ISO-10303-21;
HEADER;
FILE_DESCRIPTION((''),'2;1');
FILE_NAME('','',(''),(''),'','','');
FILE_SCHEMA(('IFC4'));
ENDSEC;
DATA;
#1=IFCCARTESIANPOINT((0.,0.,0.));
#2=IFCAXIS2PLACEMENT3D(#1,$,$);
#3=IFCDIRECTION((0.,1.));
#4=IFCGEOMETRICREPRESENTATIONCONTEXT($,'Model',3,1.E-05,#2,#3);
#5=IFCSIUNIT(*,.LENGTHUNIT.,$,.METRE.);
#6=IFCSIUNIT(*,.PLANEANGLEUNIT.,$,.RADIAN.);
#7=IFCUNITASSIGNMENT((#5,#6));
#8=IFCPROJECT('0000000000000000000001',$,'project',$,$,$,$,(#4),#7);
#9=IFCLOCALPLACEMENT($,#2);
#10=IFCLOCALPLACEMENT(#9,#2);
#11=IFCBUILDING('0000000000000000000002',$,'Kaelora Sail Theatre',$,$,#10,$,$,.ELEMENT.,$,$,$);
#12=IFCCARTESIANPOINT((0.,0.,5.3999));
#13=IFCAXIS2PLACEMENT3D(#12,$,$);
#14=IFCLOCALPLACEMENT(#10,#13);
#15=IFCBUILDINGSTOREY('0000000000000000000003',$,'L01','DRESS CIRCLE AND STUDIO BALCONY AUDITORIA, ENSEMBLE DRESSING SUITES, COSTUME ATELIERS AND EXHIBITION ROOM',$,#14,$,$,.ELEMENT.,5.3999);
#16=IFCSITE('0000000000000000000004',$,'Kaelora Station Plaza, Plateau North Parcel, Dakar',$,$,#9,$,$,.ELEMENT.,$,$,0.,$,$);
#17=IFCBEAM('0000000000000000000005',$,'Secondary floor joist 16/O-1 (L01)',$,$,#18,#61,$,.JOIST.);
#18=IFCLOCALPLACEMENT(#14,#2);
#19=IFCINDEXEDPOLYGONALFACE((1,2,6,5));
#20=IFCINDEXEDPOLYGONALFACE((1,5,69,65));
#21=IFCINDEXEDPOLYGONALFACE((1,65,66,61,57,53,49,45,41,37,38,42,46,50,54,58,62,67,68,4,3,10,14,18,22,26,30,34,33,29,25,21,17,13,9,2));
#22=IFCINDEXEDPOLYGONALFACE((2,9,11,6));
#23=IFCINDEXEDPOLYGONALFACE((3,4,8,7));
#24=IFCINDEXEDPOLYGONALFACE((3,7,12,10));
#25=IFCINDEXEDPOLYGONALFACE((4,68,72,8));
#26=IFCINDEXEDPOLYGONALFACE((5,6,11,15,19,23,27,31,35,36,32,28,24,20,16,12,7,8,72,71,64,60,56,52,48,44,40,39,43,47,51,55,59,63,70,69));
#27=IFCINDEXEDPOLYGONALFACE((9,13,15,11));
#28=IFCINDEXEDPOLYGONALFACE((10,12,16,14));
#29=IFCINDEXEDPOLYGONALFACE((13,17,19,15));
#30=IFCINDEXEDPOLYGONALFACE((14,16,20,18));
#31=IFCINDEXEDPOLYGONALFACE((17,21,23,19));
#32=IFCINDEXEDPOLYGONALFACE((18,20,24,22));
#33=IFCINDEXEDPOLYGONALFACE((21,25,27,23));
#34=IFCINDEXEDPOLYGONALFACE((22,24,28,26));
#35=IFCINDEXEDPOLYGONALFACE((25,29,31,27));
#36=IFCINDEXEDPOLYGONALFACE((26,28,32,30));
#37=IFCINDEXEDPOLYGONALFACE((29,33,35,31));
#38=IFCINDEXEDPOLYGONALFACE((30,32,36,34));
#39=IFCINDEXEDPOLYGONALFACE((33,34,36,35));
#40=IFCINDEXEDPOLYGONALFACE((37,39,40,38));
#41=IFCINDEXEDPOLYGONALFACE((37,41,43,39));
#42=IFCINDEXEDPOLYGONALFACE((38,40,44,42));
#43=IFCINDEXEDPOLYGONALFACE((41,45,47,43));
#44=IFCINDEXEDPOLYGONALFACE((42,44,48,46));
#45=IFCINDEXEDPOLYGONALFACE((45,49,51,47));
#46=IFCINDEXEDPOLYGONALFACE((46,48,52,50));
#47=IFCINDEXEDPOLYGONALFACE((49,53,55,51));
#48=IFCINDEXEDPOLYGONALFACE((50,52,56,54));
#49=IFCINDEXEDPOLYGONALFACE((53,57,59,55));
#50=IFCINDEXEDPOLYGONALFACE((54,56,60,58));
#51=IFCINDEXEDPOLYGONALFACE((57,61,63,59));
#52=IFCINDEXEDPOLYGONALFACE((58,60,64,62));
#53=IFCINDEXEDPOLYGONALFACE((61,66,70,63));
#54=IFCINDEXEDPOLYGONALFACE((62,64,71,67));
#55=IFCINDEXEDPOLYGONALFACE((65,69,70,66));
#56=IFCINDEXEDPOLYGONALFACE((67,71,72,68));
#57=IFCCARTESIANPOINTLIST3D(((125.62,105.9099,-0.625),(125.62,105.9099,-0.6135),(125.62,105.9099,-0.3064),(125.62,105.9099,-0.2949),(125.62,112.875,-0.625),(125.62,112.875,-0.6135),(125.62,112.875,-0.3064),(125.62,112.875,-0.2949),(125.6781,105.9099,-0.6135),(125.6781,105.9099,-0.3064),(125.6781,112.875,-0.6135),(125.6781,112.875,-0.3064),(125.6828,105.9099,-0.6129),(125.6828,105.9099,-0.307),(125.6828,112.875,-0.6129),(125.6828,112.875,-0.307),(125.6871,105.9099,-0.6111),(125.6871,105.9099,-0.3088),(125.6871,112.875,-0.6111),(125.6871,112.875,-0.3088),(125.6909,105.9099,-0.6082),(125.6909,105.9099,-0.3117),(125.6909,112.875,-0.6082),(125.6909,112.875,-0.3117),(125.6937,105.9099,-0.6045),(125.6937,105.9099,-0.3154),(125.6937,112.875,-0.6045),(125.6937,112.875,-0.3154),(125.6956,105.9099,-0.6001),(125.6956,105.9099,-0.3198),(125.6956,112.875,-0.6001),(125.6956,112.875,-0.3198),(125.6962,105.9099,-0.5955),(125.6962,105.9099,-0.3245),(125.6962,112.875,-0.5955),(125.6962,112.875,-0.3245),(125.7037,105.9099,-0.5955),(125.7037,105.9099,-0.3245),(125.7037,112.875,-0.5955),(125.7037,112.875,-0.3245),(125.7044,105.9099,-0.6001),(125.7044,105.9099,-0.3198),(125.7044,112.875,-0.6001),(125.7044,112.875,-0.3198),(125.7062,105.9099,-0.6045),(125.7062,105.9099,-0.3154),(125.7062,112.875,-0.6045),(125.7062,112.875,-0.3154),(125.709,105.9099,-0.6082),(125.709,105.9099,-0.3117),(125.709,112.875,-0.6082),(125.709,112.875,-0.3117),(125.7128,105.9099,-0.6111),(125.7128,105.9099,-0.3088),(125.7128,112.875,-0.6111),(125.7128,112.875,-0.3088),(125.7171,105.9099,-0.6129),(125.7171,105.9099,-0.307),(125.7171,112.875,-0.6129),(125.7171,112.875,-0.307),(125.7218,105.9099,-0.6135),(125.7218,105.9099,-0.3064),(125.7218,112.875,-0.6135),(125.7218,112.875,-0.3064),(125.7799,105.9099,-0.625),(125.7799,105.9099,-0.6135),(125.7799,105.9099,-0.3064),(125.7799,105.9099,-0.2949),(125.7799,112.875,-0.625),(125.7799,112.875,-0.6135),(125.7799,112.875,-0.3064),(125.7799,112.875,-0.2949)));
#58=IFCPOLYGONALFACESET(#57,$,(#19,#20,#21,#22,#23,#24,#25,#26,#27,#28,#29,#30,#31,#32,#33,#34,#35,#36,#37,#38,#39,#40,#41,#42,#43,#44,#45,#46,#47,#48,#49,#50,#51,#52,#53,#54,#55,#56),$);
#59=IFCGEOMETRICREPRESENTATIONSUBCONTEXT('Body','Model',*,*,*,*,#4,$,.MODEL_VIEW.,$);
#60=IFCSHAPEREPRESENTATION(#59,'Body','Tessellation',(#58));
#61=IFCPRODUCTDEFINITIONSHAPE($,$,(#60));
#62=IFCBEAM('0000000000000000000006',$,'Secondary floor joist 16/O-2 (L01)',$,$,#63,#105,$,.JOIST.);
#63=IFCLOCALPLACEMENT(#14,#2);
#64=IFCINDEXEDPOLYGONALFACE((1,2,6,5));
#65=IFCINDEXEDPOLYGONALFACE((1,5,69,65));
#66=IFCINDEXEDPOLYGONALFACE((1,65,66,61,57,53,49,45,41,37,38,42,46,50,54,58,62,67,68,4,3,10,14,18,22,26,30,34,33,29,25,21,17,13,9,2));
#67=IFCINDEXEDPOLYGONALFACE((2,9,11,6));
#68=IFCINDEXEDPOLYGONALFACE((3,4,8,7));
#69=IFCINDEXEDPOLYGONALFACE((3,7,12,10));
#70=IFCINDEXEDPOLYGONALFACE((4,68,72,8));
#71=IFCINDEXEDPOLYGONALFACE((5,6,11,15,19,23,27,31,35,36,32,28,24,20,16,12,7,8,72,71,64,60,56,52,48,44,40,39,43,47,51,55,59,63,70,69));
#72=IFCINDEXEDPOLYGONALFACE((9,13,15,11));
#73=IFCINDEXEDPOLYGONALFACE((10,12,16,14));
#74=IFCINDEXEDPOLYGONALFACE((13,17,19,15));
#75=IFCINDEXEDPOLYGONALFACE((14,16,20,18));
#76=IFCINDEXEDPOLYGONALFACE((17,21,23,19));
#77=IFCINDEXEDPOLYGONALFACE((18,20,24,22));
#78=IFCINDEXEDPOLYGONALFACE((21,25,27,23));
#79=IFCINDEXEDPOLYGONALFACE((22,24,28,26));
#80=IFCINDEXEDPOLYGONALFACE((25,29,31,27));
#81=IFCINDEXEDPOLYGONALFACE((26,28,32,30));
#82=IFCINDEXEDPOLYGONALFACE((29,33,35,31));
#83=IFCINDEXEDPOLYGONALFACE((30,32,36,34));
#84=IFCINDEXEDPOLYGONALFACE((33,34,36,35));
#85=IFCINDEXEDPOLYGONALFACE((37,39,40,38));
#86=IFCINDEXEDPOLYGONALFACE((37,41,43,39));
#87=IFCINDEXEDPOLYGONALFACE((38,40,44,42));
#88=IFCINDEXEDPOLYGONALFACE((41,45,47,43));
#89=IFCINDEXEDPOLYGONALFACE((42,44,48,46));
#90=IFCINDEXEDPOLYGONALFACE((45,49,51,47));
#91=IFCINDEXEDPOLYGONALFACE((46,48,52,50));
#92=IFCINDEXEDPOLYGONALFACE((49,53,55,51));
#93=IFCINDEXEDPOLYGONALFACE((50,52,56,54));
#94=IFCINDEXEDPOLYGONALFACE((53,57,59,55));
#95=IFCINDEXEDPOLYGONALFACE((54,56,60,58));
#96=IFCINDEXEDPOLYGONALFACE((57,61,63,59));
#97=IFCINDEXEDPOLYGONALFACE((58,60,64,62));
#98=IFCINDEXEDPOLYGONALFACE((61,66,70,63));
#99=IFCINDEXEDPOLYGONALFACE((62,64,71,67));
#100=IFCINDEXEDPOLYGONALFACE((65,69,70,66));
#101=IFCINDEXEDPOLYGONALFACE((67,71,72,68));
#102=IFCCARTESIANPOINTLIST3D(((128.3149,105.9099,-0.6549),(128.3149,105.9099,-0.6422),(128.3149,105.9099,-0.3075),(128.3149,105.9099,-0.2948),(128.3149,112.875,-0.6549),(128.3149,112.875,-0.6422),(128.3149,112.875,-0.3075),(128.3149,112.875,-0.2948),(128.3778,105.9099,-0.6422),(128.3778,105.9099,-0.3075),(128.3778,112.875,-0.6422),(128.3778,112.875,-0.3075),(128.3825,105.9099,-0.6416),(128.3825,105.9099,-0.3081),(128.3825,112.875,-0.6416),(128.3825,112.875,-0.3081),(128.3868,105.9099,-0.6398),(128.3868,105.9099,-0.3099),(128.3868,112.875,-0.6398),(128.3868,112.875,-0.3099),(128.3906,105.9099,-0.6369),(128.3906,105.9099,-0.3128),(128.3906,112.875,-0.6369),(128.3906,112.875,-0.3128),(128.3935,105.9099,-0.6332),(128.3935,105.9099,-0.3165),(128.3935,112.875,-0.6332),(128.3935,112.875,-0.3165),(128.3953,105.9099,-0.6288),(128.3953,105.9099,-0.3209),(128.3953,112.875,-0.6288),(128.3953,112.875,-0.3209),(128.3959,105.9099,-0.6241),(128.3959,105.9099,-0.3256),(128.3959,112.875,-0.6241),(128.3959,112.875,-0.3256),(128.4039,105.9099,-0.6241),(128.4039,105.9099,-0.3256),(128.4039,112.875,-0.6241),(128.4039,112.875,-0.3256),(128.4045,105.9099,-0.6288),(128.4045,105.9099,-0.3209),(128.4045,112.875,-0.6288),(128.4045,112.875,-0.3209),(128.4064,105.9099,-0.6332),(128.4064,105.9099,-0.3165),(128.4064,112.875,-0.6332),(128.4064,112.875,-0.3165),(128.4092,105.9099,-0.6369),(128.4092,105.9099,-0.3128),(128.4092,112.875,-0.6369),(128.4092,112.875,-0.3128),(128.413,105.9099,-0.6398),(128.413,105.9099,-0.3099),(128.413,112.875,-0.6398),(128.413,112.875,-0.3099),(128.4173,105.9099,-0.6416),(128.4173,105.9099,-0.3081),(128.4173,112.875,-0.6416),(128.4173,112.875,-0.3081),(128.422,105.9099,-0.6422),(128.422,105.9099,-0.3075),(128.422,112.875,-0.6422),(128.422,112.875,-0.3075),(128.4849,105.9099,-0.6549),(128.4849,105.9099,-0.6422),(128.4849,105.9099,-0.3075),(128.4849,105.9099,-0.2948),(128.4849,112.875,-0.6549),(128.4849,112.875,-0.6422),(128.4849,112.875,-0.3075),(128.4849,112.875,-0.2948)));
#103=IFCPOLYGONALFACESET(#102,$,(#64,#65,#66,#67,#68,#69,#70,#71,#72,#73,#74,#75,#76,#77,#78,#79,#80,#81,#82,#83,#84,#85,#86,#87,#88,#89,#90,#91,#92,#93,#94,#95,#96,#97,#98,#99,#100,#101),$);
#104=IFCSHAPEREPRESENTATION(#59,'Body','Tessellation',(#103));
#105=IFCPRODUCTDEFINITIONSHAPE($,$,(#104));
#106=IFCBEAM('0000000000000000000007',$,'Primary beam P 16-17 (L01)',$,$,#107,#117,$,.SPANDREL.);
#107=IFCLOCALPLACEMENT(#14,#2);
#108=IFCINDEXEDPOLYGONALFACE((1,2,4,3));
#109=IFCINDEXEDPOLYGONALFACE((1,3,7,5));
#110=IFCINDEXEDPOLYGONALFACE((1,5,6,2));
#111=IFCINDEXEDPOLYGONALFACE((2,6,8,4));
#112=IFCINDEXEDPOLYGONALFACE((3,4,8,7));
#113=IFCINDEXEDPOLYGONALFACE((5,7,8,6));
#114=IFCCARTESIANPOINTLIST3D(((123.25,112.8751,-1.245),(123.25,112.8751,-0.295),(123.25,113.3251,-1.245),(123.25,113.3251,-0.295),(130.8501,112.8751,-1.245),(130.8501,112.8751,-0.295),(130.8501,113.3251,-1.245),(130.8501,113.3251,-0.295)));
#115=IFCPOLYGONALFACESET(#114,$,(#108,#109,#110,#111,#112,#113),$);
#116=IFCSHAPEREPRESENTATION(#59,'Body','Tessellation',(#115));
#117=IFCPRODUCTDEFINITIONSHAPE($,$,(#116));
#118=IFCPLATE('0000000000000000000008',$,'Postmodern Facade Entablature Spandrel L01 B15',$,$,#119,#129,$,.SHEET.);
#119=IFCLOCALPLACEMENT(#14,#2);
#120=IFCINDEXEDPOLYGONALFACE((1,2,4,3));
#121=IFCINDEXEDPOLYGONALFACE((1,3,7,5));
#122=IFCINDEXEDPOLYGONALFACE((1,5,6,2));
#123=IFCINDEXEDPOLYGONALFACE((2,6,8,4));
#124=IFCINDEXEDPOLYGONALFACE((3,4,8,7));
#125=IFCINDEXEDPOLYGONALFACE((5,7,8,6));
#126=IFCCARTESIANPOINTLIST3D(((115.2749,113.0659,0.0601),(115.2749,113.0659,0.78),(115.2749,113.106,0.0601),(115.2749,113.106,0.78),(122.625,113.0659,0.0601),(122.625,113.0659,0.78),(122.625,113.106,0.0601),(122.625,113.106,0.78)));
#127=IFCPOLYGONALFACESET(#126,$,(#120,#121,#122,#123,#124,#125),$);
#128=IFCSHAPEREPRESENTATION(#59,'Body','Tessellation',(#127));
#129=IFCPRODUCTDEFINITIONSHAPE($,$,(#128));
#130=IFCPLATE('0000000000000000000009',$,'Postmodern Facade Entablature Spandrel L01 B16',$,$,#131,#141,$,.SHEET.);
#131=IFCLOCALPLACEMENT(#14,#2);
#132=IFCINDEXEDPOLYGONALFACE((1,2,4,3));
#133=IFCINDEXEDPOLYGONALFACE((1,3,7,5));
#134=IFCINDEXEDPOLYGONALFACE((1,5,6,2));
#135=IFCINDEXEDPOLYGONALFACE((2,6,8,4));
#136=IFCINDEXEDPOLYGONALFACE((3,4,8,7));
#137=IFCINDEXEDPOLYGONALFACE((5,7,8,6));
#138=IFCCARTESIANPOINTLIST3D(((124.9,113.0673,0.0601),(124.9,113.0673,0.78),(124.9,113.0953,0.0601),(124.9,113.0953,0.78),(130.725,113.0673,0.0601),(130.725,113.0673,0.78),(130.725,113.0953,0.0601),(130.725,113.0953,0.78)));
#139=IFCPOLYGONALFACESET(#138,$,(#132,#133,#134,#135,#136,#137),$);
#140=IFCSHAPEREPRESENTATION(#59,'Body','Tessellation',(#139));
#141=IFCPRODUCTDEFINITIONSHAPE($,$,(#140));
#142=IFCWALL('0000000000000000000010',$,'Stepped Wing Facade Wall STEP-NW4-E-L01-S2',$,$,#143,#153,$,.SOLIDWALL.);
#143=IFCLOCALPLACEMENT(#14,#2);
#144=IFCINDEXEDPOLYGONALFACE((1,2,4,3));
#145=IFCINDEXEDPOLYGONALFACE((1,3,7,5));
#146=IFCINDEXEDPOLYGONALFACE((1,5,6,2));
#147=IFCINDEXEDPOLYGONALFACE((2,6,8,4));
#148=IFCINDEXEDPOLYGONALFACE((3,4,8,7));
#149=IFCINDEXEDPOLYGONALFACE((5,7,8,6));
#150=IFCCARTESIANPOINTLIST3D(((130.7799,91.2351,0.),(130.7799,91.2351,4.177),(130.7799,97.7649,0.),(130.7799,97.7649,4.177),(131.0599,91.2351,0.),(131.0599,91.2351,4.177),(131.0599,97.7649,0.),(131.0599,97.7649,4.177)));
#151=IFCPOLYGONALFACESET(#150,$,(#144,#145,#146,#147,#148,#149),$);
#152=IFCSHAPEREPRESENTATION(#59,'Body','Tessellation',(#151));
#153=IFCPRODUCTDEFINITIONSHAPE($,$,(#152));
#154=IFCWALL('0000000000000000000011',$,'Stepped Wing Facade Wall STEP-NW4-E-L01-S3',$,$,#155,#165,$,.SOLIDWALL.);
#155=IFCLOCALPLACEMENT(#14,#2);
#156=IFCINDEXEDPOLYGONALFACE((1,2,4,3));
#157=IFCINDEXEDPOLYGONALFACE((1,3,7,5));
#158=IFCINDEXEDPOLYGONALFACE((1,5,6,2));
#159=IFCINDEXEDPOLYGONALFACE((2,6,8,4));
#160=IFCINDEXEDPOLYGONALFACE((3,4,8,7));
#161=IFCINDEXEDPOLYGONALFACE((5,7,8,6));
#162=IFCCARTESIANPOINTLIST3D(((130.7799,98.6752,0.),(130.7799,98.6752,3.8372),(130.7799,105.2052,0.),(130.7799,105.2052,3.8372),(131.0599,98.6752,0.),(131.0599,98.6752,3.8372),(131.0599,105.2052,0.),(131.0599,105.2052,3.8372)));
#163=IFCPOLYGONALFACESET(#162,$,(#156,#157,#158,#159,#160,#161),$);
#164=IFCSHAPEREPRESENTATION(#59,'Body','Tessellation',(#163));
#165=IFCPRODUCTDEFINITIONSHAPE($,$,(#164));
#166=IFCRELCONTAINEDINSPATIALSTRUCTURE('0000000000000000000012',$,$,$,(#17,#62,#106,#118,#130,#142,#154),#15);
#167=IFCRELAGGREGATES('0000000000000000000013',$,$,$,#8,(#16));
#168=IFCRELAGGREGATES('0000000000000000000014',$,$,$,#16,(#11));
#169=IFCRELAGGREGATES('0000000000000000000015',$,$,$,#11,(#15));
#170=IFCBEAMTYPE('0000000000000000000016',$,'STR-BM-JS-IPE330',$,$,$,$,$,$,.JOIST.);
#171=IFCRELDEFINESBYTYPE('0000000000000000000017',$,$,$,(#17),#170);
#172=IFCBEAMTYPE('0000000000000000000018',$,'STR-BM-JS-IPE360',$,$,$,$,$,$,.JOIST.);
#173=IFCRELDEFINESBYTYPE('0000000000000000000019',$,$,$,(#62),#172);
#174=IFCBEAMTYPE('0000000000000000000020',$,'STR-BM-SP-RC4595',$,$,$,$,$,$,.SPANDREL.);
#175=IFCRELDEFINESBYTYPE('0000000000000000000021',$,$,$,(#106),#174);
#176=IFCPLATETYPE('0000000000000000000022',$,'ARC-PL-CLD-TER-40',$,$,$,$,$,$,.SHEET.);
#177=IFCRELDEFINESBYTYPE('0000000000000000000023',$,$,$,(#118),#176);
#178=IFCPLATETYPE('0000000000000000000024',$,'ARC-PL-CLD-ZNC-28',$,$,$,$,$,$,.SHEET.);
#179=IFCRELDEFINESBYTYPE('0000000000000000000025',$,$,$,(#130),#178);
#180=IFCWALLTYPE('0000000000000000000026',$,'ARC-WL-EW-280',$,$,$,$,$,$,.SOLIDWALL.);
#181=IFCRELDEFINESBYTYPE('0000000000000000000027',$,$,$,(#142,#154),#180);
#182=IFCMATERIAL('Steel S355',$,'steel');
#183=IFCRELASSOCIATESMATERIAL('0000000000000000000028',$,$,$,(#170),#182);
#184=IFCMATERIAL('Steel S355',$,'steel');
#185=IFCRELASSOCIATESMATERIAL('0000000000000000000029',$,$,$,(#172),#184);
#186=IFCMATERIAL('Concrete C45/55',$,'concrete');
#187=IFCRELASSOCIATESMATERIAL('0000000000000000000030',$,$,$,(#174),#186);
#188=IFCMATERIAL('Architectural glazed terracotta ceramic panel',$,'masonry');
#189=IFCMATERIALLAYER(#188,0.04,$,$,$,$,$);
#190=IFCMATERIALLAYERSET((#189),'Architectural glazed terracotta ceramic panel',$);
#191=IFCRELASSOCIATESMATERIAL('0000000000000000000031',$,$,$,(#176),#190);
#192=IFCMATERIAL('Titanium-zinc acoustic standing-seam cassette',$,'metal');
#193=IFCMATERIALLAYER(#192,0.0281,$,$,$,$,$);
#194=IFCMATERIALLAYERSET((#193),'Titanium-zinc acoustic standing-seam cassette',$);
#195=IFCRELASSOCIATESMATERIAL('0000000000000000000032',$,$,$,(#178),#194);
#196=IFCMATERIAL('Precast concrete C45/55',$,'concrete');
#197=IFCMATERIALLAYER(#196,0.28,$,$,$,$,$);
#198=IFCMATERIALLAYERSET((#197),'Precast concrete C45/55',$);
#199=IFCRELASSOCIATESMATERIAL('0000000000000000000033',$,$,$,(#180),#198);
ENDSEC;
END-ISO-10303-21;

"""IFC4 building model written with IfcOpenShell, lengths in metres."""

from ifc_helpers import new_model, si_unit, direction, frame, frame_2d, origin, origin_2d, place, context, subcontext, project, spatial, rectangle, i_section, extrude, material, layer, layer_set, material_profile, profile_set, type_object, element, save


model = new_model("IFC4")

# Units and contexts
model_context = context("Model", 3, precision=1e-05, world=origin(), true_north=direction((0.0, 1.0)))
body_context = subcontext(model_context, "Body", "Model", "MODEL_VIEW")
ifc_project = project(units=[si_unit("LENGTHUNIT", "METRE"), si_unit("PLANEANGLEUNIT", "RADIAN")], contexts=[model_context])

# Site, building, storey
site_placement = place(None, origin())
site = spatial("IfcSite", under=ifc_project, at=site_placement, Name="Kaelora Station Plaza, Plateau North Parcel, Dakar", CompositionType="ELEMENT", RefElevation=0.0)
building_placement = place(site_placement, origin())
building = spatial("IfcBuilding", under=site, at=building_placement, Name="Kaelora Sail Theatre", CompositionType="ELEMENT")
storey_placement = place(building_placement, frame((0.0, 0.0, 5.3999)))
storey = spatial("IfcBuildingStorey", under=building, at=storey_placement, Name="L01", Description="DRESS CIRCLE AND STUDIO BALCONY AUDITORIA, ENSEMBLE DRESSING SUITES, COSTUME ATELIERS AND EXHIBITION ROOM", CompositionType="ELEMENT", Elevation=5.3999)

# Beams
ifc_material_1 = material(Name="Steel S355", Category="steel")
ifc_material_profile_1 = material_profile(ifc_material_1, i_section(OverallWidth=0.1599, OverallDepth=0.3301, WebThickness=0.0076, FlangeThickness=0.0115, FilletRadius=0.0181, at=origin_2d()), Name="IPE 330")
ifc_profile_set_1 = profile_set([ifc_material_profile_1], Name="Steel S355")
beam_type_1 = type_object("IfcBeamType", Name="STR-BM-JS-IPE330", PredefinedType="JOIST", material=ifc_profile_set_1)
beam_1_placement = place(storey_placement, frame((125.7, 105.9099, -0.46), z_axis=(0.0, 1.0, 0.0), x_axis=(-1.0, 0.0, 0.0)))
element("IfcBeam", 1, at=beam_1_placement, inside=storey, type_object=beam_type_1, Name="Secondary floor joist 16/O-1 (L01)", PredefinedType="JOIST", context=body_context, shape_type="SweptSolid", body=[
    extrude(i_section(OverallWidth=0.1599, OverallDepth=0.3301, WebThickness=0.0076, FlangeThickness=0.0115, FilletRadius=0.0181, at=origin_2d()), origin(), (0.0, 0.0, 1.0), 6.9651),
])
ifc_material_2 = material(Name="Steel S355", Category="steel")
ifc_material_profile_2 = material_profile(ifc_material_2, i_section(OverallWidth=0.1699, OverallDepth=0.3601, WebThickness=0.0081, FlangeThickness=0.0127, FilletRadius=0.0181, at=origin_2d()), Name="IPE 360")
ifc_profile_set_2 = profile_set([ifc_material_profile_2], Name="Steel S355")
beam_type_2 = type_object("IfcBeamType", Name="STR-BM-JS-IPE360", PredefinedType="JOIST", material=ifc_profile_set_2)
beam_2_placement = place(storey_placement, frame((128.3999, 105.9099, -0.4749), z_axis=(0.0, 1.0, 0.0), x_axis=(-1.0, 0.0, 0.0)))
element("IfcBeam", 2, at=beam_2_placement, inside=storey, type_object=beam_type_2, Name="Secondary floor joist 16/O-2 (L01)", PredefinedType="JOIST", context=body_context, shape_type="SweptSolid", body=[
    extrude(i_section(OverallWidth=0.1699, OverallDepth=0.3601, WebThickness=0.0081, FlangeThickness=0.0127, FilletRadius=0.0181, at=origin_2d()), origin(), (0.0, 0.0, 1.0), 6.9651),
])
ifc_material_3 = material(Name="Concrete C45/55", Category="concrete")
ifc_material_profile_3 = material_profile(ifc_material_3, rectangle(XDim=0.45, YDim=0.95, at=origin_2d()), Name="RC-SPN 450x950")
ifc_profile_set_3 = profile_set([ifc_material_profile_3], Name="Concrete C45/55")
beam_type_3 = type_object("IfcBeamType", Name="STR-BM-SP-RC4595", PredefinedType="SPANDREL", material=ifc_profile_set_3)
beam_3_placement = place(storey_placement, frame((123.25, 113.1001, -0.77), z_axis=(1.0, 0.0, 0.0), x_axis=(0.0, 1.0, 0.0)))
element("IfcBeam", 3, at=beam_3_placement, inside=storey, type_object=beam_type_3, Name="Primary beam P 16-17 (L01)", PredefinedType="SPANDREL", context=body_context, shape_type="SweptSolid", body=[
    extrude(rectangle(XDim=0.45, YDim=0.95, at=origin_2d()), origin(), (0.0, 0.0, 1.0), 7.6001),
])

# Plates
ifc_material_4 = material(Name="Architectural glazed terracotta ceramic panel", Category="masonry")
ifc_layer_1 = layer(ifc_material_4, 0.04)
ifc_layer_set_1 = layer_set([ifc_layer_1], Name="Architectural glazed terracotta ceramic panel")
plate_type_1 = type_object("IfcPlateType", Name="ARC-PL-CLD-TER-40", PredefinedType="SHEET", material=ifc_layer_set_1)
plate_1_placement = place(storey_placement, frame((118.95, 113.0859, 0.0601), z_axis=(0.0, 0.0, 1.0), x_axis=(1.0, 0.0, 0.0)))
element("IfcPlate", 4, at=plate_1_placement, inside=storey, type_object=plate_type_1, Name="Postmodern Facade Entablature Spandrel L01 B15", PredefinedType="SHEET", context=body_context, shape_type="SweptSolid", body=[
    extrude(rectangle(XDim=7.3501, YDim=0.04, at=origin_2d()), origin(), (0.0, 0.0, 1.0), 0.72),
])
ifc_material_5 = material(Name="Titanium-zinc acoustic standing-seam cassette", Category="metal")
ifc_layer_2 = layer(ifc_material_5, 0.0281)
ifc_layer_set_2 = layer_set([ifc_layer_2], Name="Titanium-zinc acoustic standing-seam cassette")
plate_type_2 = type_object("IfcPlateType", Name="ARC-PL-CLD-ZNC-28", PredefinedType="SHEET", material=ifc_layer_set_2)
plate_2_placement = place(storey_placement, frame((127.8125, 113.0813, 0.0601), z_axis=(0.0, 0.0, 1.0), x_axis=(1.0, 0.0, 0.0)))
element("IfcPlate", 5, at=plate_2_placement, inside=storey, type_object=plate_type_2, Name="Postmodern Facade Entablature Spandrel L01 B16", PredefinedType="SHEET", context=body_context, shape_type="SweptSolid", body=[
    extrude(rectangle(XDim=5.825, YDim=0.0281, at=origin_2d()), origin(), (0.0, 0.0, 1.0), 0.72),
])

# Walls
ifc_material_6 = material(Name="Precast concrete C45/55", Category="concrete")
ifc_layer_3 = layer(ifc_material_6, 0.28)
ifc_layer_set_3 = layer_set([ifc_layer_3], Name="Precast concrete C45/55")
wall_type_1 = type_object("IfcWallType", Name="ARC-WL-EW-280", PredefinedType="SOLIDWALL", material=ifc_layer_set_3)
wall_1_placement = place(storey_placement, frame((130.9199, 91.2351, 0.0), z_axis=(0.0, 0.0, 1.0), x_axis=(0.0, 1.0, 0.0)))
element("IfcWall", 6, at=wall_1_placement, inside=storey, type_object=wall_type_1, Name="Stepped Wing Facade Wall STEP-NW4-E-L01-S2", PredefinedType="SOLIDWALL", context=body_context, shape_type="SweptSolid", body=[
    extrude(rectangle(XDim=6.5298, YDim=0.28, at=frame_2d((3.2649, 0.0))), origin(), (0.0, 0.0, 1.0), 4.177),
])
wall_2_placement = place(storey_placement, frame((130.9199, 98.675, 0.0), z_axis=(0.0, 0.0, 1.0), x_axis=(0.0, 1.0, 0.0)))
element("IfcWall", 7, at=wall_2_placement, inside=storey, type_object=wall_type_1, Name="Stepped Wing Facade Wall STEP-NW4-E-L01-S3", PredefinedType="SOLIDWALL", context=body_context, shape_type="SweptSolid", body=[
    extrude(rectangle(XDim=6.53, YDim=0.28, at=frame_2d((3.2651, 0.0))), origin(), (0.0, 0.0, 1.0), 3.8372),
])

save(model, "model.ifc")
